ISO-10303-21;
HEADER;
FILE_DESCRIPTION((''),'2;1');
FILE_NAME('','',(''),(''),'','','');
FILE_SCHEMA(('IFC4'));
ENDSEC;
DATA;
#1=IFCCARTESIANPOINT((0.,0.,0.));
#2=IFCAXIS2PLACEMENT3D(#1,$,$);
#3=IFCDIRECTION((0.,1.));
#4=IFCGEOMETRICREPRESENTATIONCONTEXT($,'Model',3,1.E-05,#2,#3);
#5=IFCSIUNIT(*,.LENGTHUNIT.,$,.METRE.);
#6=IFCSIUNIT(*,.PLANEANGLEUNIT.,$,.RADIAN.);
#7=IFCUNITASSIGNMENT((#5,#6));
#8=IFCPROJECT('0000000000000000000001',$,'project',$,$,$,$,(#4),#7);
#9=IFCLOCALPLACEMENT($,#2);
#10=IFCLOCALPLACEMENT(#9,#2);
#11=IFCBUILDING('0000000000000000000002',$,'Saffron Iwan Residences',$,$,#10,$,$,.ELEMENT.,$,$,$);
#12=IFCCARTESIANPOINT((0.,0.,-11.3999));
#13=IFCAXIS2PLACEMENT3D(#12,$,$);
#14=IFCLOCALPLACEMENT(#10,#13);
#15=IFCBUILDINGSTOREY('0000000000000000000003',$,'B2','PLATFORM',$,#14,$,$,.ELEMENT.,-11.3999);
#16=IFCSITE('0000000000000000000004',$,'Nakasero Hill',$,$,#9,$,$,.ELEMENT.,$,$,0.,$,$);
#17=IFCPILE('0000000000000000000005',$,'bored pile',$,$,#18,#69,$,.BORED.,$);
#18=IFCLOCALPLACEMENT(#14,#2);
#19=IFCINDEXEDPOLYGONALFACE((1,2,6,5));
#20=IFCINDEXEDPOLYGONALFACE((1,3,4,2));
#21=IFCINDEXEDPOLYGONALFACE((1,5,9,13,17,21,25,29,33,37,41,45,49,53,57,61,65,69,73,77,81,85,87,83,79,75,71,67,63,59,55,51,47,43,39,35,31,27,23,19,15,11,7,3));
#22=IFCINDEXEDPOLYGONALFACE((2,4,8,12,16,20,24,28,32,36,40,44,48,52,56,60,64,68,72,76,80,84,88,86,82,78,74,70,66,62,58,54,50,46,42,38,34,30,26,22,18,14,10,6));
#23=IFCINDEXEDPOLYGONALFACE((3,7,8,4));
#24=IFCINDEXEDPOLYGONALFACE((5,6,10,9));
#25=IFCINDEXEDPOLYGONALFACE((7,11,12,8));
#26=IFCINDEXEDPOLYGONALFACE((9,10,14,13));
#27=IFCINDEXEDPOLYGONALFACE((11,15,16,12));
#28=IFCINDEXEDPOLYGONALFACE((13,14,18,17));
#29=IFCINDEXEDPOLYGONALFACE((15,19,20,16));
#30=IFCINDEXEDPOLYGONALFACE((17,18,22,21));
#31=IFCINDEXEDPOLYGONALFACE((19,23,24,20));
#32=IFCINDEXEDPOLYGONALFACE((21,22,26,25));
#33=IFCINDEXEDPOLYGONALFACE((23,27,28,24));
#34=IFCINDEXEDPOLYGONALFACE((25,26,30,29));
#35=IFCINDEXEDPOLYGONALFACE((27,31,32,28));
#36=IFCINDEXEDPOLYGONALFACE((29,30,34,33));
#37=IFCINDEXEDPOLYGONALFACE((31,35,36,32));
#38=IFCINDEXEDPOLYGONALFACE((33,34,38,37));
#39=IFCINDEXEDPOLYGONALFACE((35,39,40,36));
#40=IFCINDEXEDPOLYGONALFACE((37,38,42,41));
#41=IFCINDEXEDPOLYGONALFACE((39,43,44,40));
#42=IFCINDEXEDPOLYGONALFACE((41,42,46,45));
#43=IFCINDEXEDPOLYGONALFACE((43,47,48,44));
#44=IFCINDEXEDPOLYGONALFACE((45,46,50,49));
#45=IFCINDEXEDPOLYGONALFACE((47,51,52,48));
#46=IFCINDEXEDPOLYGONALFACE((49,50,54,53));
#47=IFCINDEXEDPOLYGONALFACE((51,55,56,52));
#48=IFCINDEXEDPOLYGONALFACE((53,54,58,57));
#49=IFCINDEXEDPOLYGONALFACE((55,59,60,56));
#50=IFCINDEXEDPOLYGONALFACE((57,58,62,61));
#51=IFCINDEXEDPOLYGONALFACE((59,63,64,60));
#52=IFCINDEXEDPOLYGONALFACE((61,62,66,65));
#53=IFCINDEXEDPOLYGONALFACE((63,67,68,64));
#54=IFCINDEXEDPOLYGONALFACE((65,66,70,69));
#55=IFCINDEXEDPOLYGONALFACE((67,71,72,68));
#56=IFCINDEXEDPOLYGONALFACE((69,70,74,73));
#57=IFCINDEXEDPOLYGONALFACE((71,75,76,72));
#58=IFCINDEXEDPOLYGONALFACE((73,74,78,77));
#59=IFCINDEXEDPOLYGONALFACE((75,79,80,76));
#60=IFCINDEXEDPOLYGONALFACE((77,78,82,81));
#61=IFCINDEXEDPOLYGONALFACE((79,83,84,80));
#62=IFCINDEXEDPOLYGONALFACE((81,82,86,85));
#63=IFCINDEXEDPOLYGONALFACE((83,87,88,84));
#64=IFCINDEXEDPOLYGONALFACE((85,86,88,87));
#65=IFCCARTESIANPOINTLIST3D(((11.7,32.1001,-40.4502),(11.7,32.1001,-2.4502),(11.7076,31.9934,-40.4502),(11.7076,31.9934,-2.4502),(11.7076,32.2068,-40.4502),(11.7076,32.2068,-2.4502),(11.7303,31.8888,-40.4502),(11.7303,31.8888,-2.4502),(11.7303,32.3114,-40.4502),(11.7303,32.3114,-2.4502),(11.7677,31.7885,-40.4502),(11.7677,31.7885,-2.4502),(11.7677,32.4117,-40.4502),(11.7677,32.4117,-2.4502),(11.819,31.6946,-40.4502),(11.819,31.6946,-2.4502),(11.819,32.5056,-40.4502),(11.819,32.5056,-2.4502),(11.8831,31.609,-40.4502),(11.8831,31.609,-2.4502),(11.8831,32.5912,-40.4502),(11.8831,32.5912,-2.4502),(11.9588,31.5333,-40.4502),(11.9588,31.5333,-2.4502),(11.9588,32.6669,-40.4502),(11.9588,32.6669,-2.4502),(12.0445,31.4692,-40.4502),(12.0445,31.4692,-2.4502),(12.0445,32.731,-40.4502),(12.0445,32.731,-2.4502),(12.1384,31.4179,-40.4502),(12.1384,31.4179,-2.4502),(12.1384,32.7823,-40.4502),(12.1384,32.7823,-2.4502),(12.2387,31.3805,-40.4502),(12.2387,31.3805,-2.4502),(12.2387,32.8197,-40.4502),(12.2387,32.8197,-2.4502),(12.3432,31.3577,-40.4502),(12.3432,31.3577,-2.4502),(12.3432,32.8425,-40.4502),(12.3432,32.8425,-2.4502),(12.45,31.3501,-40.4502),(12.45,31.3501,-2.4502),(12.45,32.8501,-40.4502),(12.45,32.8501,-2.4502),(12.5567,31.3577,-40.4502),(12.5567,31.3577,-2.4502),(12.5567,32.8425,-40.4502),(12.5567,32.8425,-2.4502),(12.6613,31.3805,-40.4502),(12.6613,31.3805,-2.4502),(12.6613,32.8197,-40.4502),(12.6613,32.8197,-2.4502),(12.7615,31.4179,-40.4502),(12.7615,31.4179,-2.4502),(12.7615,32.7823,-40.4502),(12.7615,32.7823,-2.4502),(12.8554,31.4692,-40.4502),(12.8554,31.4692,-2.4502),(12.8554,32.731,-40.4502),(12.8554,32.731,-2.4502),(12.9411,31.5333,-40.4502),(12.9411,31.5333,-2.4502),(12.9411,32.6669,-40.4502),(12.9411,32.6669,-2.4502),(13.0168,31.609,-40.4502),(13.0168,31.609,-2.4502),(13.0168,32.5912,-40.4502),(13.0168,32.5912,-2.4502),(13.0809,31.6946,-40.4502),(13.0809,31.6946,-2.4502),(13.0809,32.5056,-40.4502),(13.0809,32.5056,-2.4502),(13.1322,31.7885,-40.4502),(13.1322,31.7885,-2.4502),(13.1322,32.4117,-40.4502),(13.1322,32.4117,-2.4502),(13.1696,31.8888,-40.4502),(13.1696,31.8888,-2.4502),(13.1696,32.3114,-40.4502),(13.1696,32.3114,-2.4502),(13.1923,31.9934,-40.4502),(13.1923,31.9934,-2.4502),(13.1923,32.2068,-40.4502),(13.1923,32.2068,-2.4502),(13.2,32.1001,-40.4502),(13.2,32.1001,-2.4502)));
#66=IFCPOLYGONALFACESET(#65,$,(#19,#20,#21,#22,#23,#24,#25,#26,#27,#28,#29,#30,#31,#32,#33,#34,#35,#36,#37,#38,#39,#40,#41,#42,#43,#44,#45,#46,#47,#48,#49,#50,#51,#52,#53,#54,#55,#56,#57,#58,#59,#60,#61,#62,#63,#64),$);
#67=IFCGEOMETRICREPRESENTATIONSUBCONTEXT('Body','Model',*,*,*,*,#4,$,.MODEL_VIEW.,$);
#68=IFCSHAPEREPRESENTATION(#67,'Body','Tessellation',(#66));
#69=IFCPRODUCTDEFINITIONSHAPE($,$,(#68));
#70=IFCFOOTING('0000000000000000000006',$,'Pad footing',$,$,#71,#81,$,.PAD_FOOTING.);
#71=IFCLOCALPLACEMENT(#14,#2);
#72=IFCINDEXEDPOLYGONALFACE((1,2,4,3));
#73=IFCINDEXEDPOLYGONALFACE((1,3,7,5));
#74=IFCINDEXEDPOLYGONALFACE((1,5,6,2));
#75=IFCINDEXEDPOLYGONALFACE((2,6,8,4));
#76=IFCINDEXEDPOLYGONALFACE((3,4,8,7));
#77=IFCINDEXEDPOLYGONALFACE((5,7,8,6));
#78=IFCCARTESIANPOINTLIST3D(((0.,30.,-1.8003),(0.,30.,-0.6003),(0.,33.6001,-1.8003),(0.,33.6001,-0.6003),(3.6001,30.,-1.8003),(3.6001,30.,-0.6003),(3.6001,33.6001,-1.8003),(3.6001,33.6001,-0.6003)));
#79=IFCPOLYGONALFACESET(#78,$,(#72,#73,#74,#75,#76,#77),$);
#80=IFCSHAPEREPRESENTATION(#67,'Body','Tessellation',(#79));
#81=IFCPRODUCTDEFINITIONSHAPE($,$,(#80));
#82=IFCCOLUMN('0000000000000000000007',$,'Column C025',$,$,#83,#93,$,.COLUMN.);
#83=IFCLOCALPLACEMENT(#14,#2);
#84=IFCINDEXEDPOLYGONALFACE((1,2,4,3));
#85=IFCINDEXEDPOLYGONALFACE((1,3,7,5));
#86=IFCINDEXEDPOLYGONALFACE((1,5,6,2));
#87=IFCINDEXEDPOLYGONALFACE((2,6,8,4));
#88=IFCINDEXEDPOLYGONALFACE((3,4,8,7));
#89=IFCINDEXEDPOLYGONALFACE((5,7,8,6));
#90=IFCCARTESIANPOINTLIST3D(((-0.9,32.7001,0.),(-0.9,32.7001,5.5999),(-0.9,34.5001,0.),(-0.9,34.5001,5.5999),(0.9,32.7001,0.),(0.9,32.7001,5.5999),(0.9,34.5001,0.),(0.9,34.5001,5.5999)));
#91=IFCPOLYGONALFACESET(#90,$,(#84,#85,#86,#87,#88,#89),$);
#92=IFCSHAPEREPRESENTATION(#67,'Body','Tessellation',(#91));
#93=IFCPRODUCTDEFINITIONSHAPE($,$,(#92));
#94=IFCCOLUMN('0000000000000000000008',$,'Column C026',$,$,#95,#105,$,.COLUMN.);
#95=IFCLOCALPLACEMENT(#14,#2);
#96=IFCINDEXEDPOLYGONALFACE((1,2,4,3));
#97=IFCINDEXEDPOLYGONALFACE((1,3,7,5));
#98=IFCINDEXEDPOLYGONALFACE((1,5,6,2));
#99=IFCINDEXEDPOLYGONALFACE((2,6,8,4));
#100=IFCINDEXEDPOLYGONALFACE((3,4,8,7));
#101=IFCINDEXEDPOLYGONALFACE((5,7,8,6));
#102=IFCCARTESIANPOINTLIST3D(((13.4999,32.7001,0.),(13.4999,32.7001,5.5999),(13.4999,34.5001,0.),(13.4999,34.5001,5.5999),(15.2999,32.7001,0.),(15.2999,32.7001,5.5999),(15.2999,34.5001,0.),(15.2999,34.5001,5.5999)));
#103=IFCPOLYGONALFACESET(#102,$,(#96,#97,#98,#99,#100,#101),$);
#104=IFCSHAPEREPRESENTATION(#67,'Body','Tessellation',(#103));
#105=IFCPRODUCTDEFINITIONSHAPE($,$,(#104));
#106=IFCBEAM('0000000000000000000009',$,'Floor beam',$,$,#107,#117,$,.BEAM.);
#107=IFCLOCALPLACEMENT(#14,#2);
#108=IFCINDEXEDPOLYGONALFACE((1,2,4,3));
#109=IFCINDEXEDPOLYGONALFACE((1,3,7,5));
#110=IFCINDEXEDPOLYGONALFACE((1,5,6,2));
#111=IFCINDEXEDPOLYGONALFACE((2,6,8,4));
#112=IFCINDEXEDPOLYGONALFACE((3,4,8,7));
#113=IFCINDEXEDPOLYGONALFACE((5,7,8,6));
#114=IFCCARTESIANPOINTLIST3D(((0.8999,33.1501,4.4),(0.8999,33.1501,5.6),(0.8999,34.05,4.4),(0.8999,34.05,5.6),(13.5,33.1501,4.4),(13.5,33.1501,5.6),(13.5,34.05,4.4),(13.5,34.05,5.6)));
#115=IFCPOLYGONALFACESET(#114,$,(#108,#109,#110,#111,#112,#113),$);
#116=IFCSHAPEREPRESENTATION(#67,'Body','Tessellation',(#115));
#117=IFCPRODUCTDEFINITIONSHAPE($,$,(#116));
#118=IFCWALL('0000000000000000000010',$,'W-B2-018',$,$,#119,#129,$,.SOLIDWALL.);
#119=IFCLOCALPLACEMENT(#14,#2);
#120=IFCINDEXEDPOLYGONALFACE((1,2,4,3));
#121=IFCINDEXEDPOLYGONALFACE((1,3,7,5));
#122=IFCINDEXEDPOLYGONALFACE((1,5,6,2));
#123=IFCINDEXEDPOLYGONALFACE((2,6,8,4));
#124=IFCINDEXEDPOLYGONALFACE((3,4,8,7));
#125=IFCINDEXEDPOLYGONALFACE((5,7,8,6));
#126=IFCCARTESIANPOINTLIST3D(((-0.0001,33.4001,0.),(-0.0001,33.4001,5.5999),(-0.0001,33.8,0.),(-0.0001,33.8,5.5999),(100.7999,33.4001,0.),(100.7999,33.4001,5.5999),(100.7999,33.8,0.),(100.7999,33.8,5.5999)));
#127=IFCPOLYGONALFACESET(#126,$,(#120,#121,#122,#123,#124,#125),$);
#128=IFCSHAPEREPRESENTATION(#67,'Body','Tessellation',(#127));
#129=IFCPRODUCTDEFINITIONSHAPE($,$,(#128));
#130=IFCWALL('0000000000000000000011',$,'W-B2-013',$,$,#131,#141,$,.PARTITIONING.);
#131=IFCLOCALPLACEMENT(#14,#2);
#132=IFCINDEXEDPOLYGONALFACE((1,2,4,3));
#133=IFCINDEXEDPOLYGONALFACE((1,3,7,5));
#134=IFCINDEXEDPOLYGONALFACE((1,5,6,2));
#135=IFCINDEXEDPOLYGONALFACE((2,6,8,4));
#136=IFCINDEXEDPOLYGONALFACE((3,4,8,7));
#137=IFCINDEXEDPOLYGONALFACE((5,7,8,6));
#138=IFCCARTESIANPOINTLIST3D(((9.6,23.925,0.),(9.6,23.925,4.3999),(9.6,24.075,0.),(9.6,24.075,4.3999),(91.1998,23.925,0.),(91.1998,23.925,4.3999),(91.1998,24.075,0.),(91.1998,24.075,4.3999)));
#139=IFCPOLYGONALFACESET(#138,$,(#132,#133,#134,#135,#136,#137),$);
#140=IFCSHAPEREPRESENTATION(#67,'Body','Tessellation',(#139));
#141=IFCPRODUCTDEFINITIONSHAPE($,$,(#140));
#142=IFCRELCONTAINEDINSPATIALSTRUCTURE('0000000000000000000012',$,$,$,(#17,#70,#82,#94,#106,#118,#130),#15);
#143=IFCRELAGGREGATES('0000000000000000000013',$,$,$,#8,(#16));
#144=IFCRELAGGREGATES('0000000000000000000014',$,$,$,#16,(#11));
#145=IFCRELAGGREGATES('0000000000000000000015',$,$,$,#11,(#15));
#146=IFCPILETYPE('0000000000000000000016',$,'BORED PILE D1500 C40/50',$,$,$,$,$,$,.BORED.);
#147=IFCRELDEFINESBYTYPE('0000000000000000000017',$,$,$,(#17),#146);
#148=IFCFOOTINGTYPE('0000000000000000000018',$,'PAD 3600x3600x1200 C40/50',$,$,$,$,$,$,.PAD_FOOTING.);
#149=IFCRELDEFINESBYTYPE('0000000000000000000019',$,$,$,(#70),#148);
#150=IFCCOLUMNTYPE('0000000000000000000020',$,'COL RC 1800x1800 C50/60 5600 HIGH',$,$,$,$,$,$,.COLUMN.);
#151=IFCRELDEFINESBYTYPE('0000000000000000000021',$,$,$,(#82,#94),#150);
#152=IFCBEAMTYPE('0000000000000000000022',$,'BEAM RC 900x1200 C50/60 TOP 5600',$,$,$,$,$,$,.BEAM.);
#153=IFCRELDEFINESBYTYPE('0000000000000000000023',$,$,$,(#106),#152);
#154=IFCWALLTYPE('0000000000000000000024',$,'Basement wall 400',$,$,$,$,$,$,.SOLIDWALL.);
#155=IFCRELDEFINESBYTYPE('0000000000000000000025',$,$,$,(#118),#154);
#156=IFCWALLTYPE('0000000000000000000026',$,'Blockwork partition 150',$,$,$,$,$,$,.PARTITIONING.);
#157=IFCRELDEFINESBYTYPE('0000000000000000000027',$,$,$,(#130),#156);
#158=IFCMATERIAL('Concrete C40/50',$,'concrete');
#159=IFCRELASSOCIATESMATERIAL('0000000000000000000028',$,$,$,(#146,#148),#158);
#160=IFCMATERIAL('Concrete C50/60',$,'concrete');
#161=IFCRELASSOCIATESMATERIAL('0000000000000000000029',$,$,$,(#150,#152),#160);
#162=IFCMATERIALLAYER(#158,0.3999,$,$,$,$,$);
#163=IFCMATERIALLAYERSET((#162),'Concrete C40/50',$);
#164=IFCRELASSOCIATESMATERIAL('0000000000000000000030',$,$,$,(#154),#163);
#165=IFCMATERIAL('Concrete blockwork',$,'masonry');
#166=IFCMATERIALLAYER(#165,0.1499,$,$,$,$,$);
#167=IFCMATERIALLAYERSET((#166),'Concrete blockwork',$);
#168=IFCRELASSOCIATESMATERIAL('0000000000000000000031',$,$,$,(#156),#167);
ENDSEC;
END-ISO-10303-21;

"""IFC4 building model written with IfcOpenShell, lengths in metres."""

from ifc_helpers import new_model, si_unit, direction, frame, frame_2d, origin, origin_2d, place, context, subcontext, project, spatial, rectangle, circle, extrude, source, transform, mapped, material, layer, layer_set, material_profile, profile_set, type_object, element, save


model = new_model("IFC4")

# Units and contexts
model_context = context("Model", 3, precision=1e-05, world=origin(), true_north=direction((0.0, 1.0)))
body_context = subcontext(model_context, "Body", "Model", "MODEL_VIEW")
ifc_project = project(units=[si_unit("LENGTHUNIT", "METRE"), si_unit("PLANEANGLEUNIT", "RADIAN")], contexts=[model_context])

# Site, building, storey
site_placement = place(None, origin())
site = spatial("IfcSite", under=ifc_project, at=site_placement, Name="Nakasero Hill", CompositionType="ELEMENT", RefElevation=0.0)
building_placement = place(site_placement, origin())
building = spatial("IfcBuilding", under=site, at=building_placement, Name="Saffron Iwan Residences", CompositionType="ELEMENT")
storey_placement = place(building_placement, frame((0.0, 0.0, -11.3999)))
storey = spatial("IfcBuildingStorey", under=building, at=storey_placement, Name="B2", Description="PLATFORM", CompositionType="ELEMENT", Elevation=-11.3999)

# Pile
ifc_material_1 = material(Name="Concrete C40/50", Category="concrete")
ifc_material_profile_1 = material_profile(ifc_material_1, circle(Radius=0.75, at=origin_2d()), Name="RC D1500")
ifc_profile_set_1 = profile_set([ifc_material_profile_1], Name="Concrete C40/50")
pile_type = type_object("IfcPileType", Name="BORED PILE D1500 C40/50", PredefinedType="BORED", material=ifc_profile_set_1)
pile_placement = place(storey_placement, frame((12.45, 32.1001, -2.4502), z_axis=(0.0, 0.0, -1.0), x_axis=(1.0, 0.0, 0.0)))
element("IfcPile", 1, at=pile_placement, inside=storey, type_object=pile_type, Name="bored pile", PredefinedType="BORED", context=body_context, shape_type="SweptSolid", body=[
    extrude(circle(Radius=0.75, at=origin_2d()), origin(), (0.0, 0.0, 1.0), 38.0),
])

# Footing
footing_type = type_object("IfcFootingType", Name="PAD 3600x3600x1200 C40/50", PredefinedType="PAD_FOOTING", material=ifc_material_1)
shared_shape_1 = source(origin(), body_context, "Body", "SweptSolid", [
    extrude(rectangle(XDim=3.6001, YDim=3.6001, at=origin_2d()), origin(), (0.0, 0.0, 1.0), 1.2),
])
footing_placement = place(storey_placement, frame((1.8, 31.8, -1.8003), z_axis=(0.0, 0.0, 1.0), x_axis=(1.0, 0.0, 0.0)))
element("IfcFooting", 2, at=footing_placement, inside=storey, type_object=footing_type, Name="Pad footing", PredefinedType="PAD_FOOTING", context=body_context, shape_type="MappedRepresentation", body=[
    mapped(shared_shape_1, transform((0.0, 0.0, 0.0))),
])

# Columns
ifc_material_2 = material(Name="Concrete C50/60", Category="concrete")
ifc_material_profile_2 = material_profile(ifc_material_2, rectangle(XDim=1.8, YDim=1.8, at=origin_2d()), Name="RC 1800x1800")
ifc_profile_set_2 = profile_set([ifc_material_profile_2], Name="Concrete C50/60")
column_type = type_object("IfcColumnType", Name="COL RC 1800x1800 C50/60 5600 HIGH", PredefinedType="COLUMN", material=ifc_profile_set_2)
shared_shape_2 = source(origin(), body_context, "Body", "SweptSolid", [
    extrude(rectangle(XDim=1.8, YDim=1.8, at=origin_2d()), origin(), (0.0, 0.0, 1.0), 5.5999),
])
for number, where, z_axis, x_axis, name in (
    (3, (0.0, 33.6001, 0.0), (0.0, 0.0, 1.0), (1.0, 0.0, 0.0), "Column C025"),
    (4, (14.3999, 33.6001, 0.0), (0.0, 0.0, 1.0), (1.0, 0.0, 0.0), "Column C026"),
):
    element("IfcColumn", number, at=place(storey_placement, frame(where, z_axis=z_axis, x_axis=x_axis)), inside=storey, type_object=column_type, Name=name, PredefinedType="COLUMN", context=body_context, shape_type="MappedRepresentation", body=[
        mapped(shared_shape_2, transform((0.0, 0.0, 0.0))),
    ])

# Beam
ifc_material_profile_3 = material_profile(ifc_material_2, rectangle(XDim=0.8999, YDim=1.2, at=origin_2d()), Name="RC 900x1200")
ifc_profile_set_3 = profile_set([ifc_material_profile_3], Name="Concrete C50/60")
beam_type = type_object("IfcBeamType", Name="BEAM RC 900x1200 C50/60 TOP 5600", PredefinedType="BEAM", material=ifc_profile_set_3)
shared_shape_3 = source(origin(), body_context, "Body", "SweptSolid", [
    extrude(rectangle(XDim=0.8999, YDim=1.2, at=origin_2d()), origin(), (0.0, 0.0, 1.0), 12.6001),
])
beam_placement = place(storey_placement, frame((0.8999, 33.6001, 5.0), z_axis=(1.0, 0.0, 0.0), x_axis=(0.0, 1.0, 0.0)))
element("IfcBeam", 5, at=beam_placement, inside=storey, type_object=beam_type, Name="Floor beam", PredefinedType="BEAM", context=body_context, shape_type="MappedRepresentation", body=[
    mapped(shared_shape_3, transform((0.0, 0.0, 0.0))),
])

# Walls
ifc_layer_1 = layer(ifc_material_1, 0.3999)
ifc_layer_set_1 = layer_set([ifc_layer_1], Name="Concrete C40/50")
wall_type_1 = type_object("IfcWallType", Name="Basement wall 400", PredefinedType="SOLIDWALL", material=ifc_layer_set_1)
wall_1_placement = place(storey_placement, frame((0.0, 33.6001, 0.0), z_axis=(0.0, 0.0, 1.0), x_axis=(1.0, 0.0, 0.0)))
element("IfcWall", 6, at=wall_1_placement, inside=storey, type_object=wall_type_1, Name="W-B2-018", PredefinedType="SOLIDWALL", context=body_context, shape_type="SweptSolid", body=[
    extrude(rectangle(XDim=100.8, YDim=0.3999, at=frame_2d((50.3999, 0.0))), origin(), (0.0, 0.0, 1.0), 5.5999),
])
ifc_material_3 = material(Name="Concrete blockwork", Category="masonry")
ifc_layer_2 = layer(ifc_material_3, 0.1499)
ifc_layer_set_2 = layer_set([ifc_layer_2], Name="Concrete blockwork")
wall_type_2 = type_object("IfcWallType", Name="Blockwork partition 150", PredefinedType="PARTITIONING", material=ifc_layer_set_2)
wall_2_placement = place(storey_placement, frame((9.6001, 24.0, 0.0), z_axis=(0.0, 0.0, 1.0), x_axis=(1.0, 0.0, 0.0)))
element("IfcWall", 7, at=wall_2_placement, inside=storey, type_object=wall_type_2, Name="W-B2-013", PredefinedType="PARTITIONING", context=body_context, shape_type="SweptSolid", body=[
    extrude(rectangle(XDim=81.5999, YDim=0.1499, at=frame_2d((40.7998, 0.0))), origin(), (0.0, 0.0, 1.0), 4.3999),
])

save(model, "model.ifc")
